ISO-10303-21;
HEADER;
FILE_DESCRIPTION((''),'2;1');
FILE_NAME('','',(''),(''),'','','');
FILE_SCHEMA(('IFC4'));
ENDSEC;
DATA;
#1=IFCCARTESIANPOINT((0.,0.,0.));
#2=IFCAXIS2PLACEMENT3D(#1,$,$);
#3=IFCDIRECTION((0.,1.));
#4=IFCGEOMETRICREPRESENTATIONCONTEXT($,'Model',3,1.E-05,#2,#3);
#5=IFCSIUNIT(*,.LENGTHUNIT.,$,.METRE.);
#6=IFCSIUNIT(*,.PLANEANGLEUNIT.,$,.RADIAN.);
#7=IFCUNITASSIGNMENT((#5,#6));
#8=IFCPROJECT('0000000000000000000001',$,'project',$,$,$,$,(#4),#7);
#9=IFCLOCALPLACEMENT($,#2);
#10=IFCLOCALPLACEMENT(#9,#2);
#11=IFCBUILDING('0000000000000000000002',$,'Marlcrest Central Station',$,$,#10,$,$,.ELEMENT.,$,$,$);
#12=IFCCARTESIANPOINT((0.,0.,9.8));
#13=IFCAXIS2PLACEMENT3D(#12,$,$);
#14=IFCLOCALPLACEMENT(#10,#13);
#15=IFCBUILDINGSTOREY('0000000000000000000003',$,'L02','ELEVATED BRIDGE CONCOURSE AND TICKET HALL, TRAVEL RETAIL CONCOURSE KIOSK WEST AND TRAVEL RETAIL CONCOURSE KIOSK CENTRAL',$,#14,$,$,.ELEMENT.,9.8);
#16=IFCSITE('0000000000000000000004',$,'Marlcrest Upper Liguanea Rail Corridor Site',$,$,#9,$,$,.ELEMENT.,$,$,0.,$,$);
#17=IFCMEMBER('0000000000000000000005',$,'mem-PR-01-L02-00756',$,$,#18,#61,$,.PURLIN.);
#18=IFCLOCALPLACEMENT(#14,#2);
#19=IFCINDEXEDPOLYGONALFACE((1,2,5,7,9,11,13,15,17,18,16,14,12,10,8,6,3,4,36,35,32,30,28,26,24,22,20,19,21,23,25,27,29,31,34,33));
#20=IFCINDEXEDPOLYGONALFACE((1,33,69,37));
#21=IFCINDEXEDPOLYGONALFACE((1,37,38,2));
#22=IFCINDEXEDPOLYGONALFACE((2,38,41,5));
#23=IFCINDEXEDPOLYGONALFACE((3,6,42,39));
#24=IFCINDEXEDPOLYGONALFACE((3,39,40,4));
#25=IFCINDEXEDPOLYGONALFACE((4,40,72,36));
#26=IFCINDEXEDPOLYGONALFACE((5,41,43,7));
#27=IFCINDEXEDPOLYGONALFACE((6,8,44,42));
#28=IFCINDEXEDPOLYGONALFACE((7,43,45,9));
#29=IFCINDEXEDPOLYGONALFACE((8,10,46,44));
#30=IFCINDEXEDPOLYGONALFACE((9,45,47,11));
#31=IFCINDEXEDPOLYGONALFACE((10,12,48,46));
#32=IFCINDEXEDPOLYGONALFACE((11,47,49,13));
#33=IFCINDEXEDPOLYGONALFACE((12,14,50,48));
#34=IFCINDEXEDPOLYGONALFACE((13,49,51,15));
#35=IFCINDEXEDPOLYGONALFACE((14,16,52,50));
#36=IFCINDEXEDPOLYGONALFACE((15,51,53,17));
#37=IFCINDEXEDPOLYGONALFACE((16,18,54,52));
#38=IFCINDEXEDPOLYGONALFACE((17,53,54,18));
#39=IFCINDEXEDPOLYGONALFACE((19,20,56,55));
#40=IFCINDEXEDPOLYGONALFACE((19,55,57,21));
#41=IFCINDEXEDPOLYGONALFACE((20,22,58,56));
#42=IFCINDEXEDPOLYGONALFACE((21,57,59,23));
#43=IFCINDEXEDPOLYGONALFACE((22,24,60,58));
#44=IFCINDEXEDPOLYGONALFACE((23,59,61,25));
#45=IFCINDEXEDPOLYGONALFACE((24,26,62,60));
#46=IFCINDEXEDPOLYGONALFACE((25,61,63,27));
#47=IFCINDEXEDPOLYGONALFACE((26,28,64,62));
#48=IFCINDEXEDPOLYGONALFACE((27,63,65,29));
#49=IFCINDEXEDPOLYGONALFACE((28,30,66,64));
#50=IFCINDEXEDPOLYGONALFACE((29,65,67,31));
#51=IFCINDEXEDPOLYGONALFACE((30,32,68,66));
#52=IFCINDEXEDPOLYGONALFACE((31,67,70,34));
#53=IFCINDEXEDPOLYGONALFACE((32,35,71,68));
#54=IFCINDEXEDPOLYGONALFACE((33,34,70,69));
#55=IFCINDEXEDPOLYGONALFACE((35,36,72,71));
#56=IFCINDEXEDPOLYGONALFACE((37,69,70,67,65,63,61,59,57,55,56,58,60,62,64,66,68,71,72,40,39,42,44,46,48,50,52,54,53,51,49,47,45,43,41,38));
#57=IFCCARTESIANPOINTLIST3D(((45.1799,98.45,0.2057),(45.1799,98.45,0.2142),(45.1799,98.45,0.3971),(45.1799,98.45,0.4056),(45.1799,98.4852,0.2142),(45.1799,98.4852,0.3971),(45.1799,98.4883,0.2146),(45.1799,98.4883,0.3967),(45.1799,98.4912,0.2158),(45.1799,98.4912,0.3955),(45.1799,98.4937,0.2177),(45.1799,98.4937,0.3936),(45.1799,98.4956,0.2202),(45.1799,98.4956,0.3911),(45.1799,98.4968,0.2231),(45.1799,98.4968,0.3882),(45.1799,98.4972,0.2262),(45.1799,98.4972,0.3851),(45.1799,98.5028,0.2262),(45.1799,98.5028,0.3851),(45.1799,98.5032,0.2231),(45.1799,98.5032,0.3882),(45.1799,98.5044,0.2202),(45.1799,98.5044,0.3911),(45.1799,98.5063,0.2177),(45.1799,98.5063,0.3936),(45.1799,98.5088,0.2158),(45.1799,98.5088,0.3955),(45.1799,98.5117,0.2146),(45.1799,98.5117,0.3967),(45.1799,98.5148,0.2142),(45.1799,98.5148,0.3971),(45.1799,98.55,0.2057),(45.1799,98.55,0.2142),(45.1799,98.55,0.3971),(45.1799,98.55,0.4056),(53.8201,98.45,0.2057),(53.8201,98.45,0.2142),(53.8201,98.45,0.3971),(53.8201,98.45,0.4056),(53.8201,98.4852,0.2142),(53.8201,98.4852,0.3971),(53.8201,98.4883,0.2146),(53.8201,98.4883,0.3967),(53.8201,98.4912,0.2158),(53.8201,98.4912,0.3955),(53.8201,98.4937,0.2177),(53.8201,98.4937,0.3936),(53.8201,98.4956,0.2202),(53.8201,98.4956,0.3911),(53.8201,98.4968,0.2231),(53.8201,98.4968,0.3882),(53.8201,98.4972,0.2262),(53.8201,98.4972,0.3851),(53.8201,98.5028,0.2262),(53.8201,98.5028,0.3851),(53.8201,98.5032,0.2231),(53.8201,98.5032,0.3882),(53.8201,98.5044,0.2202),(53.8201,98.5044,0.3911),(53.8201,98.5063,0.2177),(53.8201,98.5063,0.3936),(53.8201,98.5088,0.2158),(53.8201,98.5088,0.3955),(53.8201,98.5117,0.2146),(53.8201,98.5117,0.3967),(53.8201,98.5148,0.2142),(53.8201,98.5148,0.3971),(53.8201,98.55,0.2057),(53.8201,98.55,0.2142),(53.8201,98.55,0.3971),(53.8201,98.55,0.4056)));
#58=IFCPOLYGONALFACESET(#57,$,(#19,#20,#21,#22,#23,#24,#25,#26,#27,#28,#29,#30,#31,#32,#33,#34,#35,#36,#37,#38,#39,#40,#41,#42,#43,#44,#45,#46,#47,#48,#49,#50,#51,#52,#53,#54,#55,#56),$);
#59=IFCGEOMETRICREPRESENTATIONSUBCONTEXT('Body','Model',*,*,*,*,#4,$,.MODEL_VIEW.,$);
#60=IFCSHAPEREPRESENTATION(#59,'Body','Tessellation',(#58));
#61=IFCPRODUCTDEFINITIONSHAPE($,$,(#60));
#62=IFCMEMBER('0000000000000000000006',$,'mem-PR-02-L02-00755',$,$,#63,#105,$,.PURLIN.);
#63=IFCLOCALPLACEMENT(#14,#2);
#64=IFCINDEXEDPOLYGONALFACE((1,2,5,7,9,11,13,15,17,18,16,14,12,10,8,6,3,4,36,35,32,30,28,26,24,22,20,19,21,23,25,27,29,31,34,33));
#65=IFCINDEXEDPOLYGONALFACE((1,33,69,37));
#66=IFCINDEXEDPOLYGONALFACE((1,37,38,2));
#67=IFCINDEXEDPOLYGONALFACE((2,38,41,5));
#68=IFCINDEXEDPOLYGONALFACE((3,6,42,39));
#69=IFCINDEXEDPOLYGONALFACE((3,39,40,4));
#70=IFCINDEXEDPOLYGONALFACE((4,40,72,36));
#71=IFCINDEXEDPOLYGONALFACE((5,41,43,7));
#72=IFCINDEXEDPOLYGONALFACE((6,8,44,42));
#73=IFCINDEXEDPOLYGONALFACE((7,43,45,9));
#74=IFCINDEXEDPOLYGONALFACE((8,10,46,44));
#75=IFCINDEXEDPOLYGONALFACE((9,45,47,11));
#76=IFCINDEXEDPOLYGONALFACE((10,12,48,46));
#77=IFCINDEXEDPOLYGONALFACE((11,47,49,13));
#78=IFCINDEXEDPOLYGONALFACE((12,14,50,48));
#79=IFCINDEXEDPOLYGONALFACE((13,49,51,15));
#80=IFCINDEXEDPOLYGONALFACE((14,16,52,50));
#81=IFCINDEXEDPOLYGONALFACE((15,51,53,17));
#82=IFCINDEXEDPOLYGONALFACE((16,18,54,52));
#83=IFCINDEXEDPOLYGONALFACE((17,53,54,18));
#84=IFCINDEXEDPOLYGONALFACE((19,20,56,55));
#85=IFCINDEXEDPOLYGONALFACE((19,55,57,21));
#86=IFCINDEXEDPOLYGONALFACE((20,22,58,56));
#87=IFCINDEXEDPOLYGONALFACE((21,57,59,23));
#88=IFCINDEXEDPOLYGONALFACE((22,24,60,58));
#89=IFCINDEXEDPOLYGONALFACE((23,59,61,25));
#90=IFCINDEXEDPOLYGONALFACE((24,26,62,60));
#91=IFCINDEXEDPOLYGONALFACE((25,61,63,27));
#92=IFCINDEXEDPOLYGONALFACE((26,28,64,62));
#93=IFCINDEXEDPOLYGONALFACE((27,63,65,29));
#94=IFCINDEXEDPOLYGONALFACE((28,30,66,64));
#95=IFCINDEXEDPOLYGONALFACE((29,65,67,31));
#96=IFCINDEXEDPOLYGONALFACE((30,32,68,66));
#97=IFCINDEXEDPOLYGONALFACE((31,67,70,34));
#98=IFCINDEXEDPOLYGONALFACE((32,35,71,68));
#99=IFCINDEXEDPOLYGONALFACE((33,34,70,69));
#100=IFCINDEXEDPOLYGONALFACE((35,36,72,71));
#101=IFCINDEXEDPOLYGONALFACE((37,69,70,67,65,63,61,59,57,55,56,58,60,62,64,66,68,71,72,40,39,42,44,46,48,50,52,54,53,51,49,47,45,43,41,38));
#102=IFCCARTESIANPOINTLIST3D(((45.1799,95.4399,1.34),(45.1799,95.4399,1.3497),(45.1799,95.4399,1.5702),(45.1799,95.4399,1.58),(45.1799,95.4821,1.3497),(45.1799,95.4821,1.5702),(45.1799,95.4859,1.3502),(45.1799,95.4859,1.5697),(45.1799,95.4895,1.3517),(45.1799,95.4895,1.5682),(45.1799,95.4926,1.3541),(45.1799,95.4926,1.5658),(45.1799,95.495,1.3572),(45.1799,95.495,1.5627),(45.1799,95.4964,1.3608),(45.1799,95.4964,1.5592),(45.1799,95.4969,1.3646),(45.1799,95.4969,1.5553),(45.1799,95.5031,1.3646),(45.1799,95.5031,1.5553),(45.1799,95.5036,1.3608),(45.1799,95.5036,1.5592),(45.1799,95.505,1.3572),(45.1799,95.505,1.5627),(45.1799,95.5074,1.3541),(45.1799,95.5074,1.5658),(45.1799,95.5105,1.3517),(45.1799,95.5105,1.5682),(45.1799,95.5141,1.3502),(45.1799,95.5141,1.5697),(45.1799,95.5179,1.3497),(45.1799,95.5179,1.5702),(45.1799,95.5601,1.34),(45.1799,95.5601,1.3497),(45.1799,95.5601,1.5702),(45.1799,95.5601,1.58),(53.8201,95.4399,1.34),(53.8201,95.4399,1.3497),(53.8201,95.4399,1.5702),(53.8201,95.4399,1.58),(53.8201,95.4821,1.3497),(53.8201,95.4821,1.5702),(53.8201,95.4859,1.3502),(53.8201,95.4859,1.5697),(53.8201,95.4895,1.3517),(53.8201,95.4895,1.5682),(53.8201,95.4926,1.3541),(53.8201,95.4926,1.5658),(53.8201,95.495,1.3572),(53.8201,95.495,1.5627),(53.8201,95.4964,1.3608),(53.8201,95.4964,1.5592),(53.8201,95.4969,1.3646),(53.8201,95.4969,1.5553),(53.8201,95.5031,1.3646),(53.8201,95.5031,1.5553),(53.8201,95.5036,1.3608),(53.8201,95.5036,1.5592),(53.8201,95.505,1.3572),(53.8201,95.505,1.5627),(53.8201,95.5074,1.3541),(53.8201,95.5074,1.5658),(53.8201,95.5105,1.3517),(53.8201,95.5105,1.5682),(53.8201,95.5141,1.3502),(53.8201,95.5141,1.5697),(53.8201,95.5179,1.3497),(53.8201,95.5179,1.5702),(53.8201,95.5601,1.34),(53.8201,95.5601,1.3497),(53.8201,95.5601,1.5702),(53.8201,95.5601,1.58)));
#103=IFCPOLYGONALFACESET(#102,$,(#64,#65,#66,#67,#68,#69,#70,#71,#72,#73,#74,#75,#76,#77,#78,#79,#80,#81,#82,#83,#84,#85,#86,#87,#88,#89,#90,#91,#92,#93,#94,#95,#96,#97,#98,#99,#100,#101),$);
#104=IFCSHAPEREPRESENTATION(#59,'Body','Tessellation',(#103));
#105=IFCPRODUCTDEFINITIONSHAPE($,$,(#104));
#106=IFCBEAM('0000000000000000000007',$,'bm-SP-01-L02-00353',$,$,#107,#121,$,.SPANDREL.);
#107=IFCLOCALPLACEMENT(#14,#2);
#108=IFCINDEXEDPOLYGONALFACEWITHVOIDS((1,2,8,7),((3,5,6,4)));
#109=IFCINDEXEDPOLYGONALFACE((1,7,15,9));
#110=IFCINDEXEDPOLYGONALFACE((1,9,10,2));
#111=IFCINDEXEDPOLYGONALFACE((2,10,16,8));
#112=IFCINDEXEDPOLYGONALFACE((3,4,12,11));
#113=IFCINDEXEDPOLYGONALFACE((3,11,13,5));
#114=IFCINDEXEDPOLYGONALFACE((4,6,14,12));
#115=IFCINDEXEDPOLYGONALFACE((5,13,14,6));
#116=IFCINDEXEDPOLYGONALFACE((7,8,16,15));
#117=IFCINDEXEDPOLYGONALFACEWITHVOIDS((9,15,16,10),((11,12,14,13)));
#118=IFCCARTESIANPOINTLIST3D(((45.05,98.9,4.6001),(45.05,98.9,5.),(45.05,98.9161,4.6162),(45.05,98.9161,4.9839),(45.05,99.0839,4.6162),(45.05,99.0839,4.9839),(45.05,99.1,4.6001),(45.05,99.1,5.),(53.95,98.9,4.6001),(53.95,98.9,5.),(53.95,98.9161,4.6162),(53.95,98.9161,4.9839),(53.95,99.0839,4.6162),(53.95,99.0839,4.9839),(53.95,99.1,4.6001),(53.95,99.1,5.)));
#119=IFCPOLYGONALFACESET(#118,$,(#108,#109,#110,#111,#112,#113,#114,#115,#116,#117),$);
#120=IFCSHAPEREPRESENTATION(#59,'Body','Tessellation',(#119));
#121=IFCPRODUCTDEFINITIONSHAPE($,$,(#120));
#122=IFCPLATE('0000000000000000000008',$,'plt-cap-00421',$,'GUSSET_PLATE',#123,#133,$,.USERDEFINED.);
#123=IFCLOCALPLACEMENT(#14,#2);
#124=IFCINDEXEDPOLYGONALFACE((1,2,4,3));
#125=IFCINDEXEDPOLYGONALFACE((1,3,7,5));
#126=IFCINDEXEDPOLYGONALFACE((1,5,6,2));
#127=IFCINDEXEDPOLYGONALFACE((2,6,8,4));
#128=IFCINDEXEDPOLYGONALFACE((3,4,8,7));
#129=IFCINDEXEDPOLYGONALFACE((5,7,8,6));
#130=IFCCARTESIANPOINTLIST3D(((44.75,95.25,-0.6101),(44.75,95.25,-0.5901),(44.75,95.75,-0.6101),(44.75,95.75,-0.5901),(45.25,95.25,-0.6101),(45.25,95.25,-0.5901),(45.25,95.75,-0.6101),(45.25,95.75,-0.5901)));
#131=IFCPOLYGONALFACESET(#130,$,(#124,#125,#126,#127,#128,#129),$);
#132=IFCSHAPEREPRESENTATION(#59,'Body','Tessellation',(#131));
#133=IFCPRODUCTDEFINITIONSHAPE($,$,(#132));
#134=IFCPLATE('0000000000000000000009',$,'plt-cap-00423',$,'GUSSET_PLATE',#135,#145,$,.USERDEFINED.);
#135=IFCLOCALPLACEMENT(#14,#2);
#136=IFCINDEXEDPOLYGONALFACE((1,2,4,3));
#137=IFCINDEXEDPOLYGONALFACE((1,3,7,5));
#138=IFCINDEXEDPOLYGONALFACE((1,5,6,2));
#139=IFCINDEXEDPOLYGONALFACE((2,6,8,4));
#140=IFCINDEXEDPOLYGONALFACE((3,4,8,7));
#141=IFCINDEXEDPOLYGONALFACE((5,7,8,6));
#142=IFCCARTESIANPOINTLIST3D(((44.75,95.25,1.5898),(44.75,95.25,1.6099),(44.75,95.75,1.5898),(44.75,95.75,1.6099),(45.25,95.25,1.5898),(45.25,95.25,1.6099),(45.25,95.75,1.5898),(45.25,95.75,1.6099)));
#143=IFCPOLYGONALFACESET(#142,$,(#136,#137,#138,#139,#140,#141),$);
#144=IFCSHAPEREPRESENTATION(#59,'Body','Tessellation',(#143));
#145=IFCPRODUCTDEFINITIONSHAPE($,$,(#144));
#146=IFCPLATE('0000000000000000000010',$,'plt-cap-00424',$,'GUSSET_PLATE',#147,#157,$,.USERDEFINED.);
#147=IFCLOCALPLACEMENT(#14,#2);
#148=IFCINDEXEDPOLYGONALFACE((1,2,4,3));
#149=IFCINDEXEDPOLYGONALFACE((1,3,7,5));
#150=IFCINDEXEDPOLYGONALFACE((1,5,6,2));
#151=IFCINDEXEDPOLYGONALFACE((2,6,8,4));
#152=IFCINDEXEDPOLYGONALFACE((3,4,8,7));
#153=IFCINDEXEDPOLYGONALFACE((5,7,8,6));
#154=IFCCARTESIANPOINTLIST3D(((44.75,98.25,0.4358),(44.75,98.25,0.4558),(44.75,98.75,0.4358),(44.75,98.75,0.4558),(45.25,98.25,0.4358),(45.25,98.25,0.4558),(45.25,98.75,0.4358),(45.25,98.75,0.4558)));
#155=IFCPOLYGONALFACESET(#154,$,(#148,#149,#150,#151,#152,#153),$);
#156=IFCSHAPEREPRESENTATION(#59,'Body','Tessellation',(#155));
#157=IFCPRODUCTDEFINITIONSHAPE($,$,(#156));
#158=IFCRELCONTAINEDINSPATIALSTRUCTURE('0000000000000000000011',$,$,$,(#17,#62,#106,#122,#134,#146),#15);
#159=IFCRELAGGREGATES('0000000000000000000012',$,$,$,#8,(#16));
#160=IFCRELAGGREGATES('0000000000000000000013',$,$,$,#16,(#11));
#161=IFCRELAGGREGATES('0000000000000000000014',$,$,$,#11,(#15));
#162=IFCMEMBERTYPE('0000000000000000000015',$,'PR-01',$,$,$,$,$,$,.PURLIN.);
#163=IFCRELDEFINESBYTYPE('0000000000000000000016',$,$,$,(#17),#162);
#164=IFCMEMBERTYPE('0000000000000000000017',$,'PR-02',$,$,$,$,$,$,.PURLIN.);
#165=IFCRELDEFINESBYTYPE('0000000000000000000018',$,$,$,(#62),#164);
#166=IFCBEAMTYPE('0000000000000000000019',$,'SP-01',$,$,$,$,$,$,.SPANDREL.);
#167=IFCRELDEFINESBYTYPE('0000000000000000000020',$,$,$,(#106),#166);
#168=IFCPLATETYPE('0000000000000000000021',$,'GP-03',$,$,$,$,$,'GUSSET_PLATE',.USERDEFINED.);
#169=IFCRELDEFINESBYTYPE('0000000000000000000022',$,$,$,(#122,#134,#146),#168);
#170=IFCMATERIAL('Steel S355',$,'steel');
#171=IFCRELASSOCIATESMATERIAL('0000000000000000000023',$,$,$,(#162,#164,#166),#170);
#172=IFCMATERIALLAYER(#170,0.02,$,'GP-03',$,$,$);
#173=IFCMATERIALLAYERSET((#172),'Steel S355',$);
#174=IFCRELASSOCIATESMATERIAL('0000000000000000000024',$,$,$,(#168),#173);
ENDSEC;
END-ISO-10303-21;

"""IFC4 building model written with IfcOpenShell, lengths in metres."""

from ifc_helpers import new_model, si_unit, direction, frame, origin, origin_2d, place, context, subcontext, project, spatial, rectangle, hollow_rectangle, i_section, extrude, material, layer, layer_set, material_profile, profile_set, type_object, element, save


model = new_model("IFC4")

# Units and contexts
model_context = context("Model", 3, precision=1e-05, world=origin(), true_north=direction((0.0, 1.0)))
body_context = subcontext(model_context, "Body", "Model", "MODEL_VIEW")
ifc_project = project(units=[si_unit("LENGTHUNIT", "METRE"), si_unit("PLANEANGLEUNIT", "RADIAN")], contexts=[model_context])

# Site, building, storey
site_placement = place(None, origin())
site = spatial("IfcSite", under=ifc_project, at=site_placement, Name="Marlcrest Upper Liguanea Rail Corridor Site", CompositionType="ELEMENT", RefElevation=0.0)
building_placement = place(site_placement, origin())
building = spatial("IfcBuilding", under=site, at=building_placement, Name="Marlcrest Central Station", CompositionType="ELEMENT")
storey_placement = place(building_placement, frame((0.0, 0.0, 9.8)))
storey = spatial("IfcBuildingStorey", under=building, at=storey_placement, Name="L02", Description="ELEVATED BRIDGE CONCOURSE AND TICKET HALL, TRAVEL RETAIL CONCOURSE KIOSK WEST AND TRAVEL RETAIL CONCOURSE KIOSK CENTRAL", CompositionType="ELEMENT", Elevation=9.8)

# Shared definitions
ifc_material_1 = material(Name="Steel S355", Category="steel")

# Members
ifc_material_profile_1 = material_profile(ifc_material_1, i_section(OverallWidth=0.1001, OverallDepth=0.2, WebThickness=0.0056, FlangeThickness=0.0085, FilletRadius=0.012, at=origin_2d()), Name="IPE 200")
ifc_profile_set_1 = profile_set([ifc_material_profile_1], Name="Steel S355")
member_type_1 = type_object("IfcMemberType", Name="PR-01", PredefinedType="PURLIN", material=ifc_profile_set_1)
member_1_placement = place(storey_placement, frame((45.1799, 98.5, 0.3057), z_axis=(1.0, 0.0, 0.0), x_axis=(0.0, 1.0, 0.0)))
element("IfcMember", 1, at=member_1_placement, inside=storey, type_object=member_type_1, Name="mem-PR-01-L02-00756", PredefinedType="PURLIN", context=body_context, shape_type="SweptSolid", body=[
    extrude(i_section(OverallWidth=0.1001, OverallDepth=0.2, WebThickness=0.0056, FlangeThickness=0.0085, FilletRadius=0.012, at=origin_2d()), origin(), (0.0, 0.0, 1.0), 8.6401),
])
ifc_material_profile_2 = material_profile(ifc_material_1, i_section(OverallWidth=0.1201, OverallDepth=0.24, WebThickness=0.0061, FlangeThickness=0.0098, FilletRadius=0.0149, at=origin_2d()), Name="IPE 240")
ifc_profile_set_2 = profile_set([ifc_material_profile_2], Name="Steel S355")
member_type_2 = type_object("IfcMemberType", Name="PR-02", PredefinedType="PURLIN", material=ifc_profile_set_2)
member_2_placement = place(storey_placement, frame((45.1799, 95.5, 1.46), z_axis=(1.0, 0.0, 0.0), x_axis=(0.0, 1.0, 0.0)))
element("IfcMember", 2, at=member_2_placement, inside=storey, type_object=member_type_2, Name="mem-PR-02-L02-00755", PredefinedType="PURLIN", context=body_context, shape_type="SweptSolid", body=[
    extrude(i_section(OverallWidth=0.1201, OverallDepth=0.24, WebThickness=0.0061, FlangeThickness=0.0098, FilletRadius=0.0149, at=origin_2d()), origin(), (0.0, 0.0, 1.0), 8.6401),
])

# Beam
ifc_material_profile_3 = material_profile(ifc_material_1, hollow_rectangle(XDim=0.2, YDim=0.3999, WallThickness=0.0161, at=origin_2d()), Name="RHS 400x200x16")
ifc_profile_set_3 = profile_set([ifc_material_profile_3], Name="Steel S355")
beam_type_1 = type_object("IfcBeamType", Name="SP-01", PredefinedType="SPANDREL", material=ifc_profile_set_3)
beam_1_placement = place(storey_placement, frame((45.05, 99.0, 4.8), z_axis=(1.0, 0.0, 0.0), x_axis=(0.0, 1.0, 0.0)))
element("IfcBeam", 3, at=beam_1_placement, inside=storey, type_object=beam_type_1, Name="bm-SP-01-L02-00353", PredefinedType="SPANDREL", context=body_context, shape_type="SweptSolid", body=[
    extrude(hollow_rectangle(XDim=0.2, YDim=0.3999, WallThickness=0.0161, at=origin_2d()), origin(), (0.0, 0.0, 1.0), 8.8999),
])

# Plates
ifc_layer_1 = layer(ifc_material_1, 0.02, Name="GP-03")
ifc_layer_set_1 = layer_set([ifc_layer_1], Name="Steel S355")
plate_type = type_object("IfcPlateType", Name="GP-03", ElementType="GUSSET_PLATE", PredefinedType="USERDEFINED", material=ifc_layer_set_1)
for number, where, z_axis, x_axis, name in (
    (4, (45.0, 95.5, -0.6101), (0.0, 0.0, 1.0), (1.0, 0.0, 0.0), "plt-cap-00421"),
    (5, (45.0, 95.5, 1.5898), (0.0, 0.0, 1.0), (1.0, 0.0, 0.0), "plt-cap-00423"),
    (6, (45.0, 98.5, 0.4358), (0.0, 0.0, 1.0), (1.0, 0.0, 0.0), "plt-cap-00424"),
):
    element("IfcPlate", number, at=place(storey_placement, frame(where, z_axis=z_axis, x_axis=x_axis)), inside=storey, type_object=plate_type, Name=name, ObjectType="GUSSET_PLATE", PredefinedType="USERDEFINED", context=body_context, shape_type="SweptSolid", body=[
        extrude(rectangle(XDim=0.5, YDim=0.5, at=origin_2d()), origin(), (0.0, 0.0, 1.0), 0.02),
    ])

save(model, "model.ifc")
